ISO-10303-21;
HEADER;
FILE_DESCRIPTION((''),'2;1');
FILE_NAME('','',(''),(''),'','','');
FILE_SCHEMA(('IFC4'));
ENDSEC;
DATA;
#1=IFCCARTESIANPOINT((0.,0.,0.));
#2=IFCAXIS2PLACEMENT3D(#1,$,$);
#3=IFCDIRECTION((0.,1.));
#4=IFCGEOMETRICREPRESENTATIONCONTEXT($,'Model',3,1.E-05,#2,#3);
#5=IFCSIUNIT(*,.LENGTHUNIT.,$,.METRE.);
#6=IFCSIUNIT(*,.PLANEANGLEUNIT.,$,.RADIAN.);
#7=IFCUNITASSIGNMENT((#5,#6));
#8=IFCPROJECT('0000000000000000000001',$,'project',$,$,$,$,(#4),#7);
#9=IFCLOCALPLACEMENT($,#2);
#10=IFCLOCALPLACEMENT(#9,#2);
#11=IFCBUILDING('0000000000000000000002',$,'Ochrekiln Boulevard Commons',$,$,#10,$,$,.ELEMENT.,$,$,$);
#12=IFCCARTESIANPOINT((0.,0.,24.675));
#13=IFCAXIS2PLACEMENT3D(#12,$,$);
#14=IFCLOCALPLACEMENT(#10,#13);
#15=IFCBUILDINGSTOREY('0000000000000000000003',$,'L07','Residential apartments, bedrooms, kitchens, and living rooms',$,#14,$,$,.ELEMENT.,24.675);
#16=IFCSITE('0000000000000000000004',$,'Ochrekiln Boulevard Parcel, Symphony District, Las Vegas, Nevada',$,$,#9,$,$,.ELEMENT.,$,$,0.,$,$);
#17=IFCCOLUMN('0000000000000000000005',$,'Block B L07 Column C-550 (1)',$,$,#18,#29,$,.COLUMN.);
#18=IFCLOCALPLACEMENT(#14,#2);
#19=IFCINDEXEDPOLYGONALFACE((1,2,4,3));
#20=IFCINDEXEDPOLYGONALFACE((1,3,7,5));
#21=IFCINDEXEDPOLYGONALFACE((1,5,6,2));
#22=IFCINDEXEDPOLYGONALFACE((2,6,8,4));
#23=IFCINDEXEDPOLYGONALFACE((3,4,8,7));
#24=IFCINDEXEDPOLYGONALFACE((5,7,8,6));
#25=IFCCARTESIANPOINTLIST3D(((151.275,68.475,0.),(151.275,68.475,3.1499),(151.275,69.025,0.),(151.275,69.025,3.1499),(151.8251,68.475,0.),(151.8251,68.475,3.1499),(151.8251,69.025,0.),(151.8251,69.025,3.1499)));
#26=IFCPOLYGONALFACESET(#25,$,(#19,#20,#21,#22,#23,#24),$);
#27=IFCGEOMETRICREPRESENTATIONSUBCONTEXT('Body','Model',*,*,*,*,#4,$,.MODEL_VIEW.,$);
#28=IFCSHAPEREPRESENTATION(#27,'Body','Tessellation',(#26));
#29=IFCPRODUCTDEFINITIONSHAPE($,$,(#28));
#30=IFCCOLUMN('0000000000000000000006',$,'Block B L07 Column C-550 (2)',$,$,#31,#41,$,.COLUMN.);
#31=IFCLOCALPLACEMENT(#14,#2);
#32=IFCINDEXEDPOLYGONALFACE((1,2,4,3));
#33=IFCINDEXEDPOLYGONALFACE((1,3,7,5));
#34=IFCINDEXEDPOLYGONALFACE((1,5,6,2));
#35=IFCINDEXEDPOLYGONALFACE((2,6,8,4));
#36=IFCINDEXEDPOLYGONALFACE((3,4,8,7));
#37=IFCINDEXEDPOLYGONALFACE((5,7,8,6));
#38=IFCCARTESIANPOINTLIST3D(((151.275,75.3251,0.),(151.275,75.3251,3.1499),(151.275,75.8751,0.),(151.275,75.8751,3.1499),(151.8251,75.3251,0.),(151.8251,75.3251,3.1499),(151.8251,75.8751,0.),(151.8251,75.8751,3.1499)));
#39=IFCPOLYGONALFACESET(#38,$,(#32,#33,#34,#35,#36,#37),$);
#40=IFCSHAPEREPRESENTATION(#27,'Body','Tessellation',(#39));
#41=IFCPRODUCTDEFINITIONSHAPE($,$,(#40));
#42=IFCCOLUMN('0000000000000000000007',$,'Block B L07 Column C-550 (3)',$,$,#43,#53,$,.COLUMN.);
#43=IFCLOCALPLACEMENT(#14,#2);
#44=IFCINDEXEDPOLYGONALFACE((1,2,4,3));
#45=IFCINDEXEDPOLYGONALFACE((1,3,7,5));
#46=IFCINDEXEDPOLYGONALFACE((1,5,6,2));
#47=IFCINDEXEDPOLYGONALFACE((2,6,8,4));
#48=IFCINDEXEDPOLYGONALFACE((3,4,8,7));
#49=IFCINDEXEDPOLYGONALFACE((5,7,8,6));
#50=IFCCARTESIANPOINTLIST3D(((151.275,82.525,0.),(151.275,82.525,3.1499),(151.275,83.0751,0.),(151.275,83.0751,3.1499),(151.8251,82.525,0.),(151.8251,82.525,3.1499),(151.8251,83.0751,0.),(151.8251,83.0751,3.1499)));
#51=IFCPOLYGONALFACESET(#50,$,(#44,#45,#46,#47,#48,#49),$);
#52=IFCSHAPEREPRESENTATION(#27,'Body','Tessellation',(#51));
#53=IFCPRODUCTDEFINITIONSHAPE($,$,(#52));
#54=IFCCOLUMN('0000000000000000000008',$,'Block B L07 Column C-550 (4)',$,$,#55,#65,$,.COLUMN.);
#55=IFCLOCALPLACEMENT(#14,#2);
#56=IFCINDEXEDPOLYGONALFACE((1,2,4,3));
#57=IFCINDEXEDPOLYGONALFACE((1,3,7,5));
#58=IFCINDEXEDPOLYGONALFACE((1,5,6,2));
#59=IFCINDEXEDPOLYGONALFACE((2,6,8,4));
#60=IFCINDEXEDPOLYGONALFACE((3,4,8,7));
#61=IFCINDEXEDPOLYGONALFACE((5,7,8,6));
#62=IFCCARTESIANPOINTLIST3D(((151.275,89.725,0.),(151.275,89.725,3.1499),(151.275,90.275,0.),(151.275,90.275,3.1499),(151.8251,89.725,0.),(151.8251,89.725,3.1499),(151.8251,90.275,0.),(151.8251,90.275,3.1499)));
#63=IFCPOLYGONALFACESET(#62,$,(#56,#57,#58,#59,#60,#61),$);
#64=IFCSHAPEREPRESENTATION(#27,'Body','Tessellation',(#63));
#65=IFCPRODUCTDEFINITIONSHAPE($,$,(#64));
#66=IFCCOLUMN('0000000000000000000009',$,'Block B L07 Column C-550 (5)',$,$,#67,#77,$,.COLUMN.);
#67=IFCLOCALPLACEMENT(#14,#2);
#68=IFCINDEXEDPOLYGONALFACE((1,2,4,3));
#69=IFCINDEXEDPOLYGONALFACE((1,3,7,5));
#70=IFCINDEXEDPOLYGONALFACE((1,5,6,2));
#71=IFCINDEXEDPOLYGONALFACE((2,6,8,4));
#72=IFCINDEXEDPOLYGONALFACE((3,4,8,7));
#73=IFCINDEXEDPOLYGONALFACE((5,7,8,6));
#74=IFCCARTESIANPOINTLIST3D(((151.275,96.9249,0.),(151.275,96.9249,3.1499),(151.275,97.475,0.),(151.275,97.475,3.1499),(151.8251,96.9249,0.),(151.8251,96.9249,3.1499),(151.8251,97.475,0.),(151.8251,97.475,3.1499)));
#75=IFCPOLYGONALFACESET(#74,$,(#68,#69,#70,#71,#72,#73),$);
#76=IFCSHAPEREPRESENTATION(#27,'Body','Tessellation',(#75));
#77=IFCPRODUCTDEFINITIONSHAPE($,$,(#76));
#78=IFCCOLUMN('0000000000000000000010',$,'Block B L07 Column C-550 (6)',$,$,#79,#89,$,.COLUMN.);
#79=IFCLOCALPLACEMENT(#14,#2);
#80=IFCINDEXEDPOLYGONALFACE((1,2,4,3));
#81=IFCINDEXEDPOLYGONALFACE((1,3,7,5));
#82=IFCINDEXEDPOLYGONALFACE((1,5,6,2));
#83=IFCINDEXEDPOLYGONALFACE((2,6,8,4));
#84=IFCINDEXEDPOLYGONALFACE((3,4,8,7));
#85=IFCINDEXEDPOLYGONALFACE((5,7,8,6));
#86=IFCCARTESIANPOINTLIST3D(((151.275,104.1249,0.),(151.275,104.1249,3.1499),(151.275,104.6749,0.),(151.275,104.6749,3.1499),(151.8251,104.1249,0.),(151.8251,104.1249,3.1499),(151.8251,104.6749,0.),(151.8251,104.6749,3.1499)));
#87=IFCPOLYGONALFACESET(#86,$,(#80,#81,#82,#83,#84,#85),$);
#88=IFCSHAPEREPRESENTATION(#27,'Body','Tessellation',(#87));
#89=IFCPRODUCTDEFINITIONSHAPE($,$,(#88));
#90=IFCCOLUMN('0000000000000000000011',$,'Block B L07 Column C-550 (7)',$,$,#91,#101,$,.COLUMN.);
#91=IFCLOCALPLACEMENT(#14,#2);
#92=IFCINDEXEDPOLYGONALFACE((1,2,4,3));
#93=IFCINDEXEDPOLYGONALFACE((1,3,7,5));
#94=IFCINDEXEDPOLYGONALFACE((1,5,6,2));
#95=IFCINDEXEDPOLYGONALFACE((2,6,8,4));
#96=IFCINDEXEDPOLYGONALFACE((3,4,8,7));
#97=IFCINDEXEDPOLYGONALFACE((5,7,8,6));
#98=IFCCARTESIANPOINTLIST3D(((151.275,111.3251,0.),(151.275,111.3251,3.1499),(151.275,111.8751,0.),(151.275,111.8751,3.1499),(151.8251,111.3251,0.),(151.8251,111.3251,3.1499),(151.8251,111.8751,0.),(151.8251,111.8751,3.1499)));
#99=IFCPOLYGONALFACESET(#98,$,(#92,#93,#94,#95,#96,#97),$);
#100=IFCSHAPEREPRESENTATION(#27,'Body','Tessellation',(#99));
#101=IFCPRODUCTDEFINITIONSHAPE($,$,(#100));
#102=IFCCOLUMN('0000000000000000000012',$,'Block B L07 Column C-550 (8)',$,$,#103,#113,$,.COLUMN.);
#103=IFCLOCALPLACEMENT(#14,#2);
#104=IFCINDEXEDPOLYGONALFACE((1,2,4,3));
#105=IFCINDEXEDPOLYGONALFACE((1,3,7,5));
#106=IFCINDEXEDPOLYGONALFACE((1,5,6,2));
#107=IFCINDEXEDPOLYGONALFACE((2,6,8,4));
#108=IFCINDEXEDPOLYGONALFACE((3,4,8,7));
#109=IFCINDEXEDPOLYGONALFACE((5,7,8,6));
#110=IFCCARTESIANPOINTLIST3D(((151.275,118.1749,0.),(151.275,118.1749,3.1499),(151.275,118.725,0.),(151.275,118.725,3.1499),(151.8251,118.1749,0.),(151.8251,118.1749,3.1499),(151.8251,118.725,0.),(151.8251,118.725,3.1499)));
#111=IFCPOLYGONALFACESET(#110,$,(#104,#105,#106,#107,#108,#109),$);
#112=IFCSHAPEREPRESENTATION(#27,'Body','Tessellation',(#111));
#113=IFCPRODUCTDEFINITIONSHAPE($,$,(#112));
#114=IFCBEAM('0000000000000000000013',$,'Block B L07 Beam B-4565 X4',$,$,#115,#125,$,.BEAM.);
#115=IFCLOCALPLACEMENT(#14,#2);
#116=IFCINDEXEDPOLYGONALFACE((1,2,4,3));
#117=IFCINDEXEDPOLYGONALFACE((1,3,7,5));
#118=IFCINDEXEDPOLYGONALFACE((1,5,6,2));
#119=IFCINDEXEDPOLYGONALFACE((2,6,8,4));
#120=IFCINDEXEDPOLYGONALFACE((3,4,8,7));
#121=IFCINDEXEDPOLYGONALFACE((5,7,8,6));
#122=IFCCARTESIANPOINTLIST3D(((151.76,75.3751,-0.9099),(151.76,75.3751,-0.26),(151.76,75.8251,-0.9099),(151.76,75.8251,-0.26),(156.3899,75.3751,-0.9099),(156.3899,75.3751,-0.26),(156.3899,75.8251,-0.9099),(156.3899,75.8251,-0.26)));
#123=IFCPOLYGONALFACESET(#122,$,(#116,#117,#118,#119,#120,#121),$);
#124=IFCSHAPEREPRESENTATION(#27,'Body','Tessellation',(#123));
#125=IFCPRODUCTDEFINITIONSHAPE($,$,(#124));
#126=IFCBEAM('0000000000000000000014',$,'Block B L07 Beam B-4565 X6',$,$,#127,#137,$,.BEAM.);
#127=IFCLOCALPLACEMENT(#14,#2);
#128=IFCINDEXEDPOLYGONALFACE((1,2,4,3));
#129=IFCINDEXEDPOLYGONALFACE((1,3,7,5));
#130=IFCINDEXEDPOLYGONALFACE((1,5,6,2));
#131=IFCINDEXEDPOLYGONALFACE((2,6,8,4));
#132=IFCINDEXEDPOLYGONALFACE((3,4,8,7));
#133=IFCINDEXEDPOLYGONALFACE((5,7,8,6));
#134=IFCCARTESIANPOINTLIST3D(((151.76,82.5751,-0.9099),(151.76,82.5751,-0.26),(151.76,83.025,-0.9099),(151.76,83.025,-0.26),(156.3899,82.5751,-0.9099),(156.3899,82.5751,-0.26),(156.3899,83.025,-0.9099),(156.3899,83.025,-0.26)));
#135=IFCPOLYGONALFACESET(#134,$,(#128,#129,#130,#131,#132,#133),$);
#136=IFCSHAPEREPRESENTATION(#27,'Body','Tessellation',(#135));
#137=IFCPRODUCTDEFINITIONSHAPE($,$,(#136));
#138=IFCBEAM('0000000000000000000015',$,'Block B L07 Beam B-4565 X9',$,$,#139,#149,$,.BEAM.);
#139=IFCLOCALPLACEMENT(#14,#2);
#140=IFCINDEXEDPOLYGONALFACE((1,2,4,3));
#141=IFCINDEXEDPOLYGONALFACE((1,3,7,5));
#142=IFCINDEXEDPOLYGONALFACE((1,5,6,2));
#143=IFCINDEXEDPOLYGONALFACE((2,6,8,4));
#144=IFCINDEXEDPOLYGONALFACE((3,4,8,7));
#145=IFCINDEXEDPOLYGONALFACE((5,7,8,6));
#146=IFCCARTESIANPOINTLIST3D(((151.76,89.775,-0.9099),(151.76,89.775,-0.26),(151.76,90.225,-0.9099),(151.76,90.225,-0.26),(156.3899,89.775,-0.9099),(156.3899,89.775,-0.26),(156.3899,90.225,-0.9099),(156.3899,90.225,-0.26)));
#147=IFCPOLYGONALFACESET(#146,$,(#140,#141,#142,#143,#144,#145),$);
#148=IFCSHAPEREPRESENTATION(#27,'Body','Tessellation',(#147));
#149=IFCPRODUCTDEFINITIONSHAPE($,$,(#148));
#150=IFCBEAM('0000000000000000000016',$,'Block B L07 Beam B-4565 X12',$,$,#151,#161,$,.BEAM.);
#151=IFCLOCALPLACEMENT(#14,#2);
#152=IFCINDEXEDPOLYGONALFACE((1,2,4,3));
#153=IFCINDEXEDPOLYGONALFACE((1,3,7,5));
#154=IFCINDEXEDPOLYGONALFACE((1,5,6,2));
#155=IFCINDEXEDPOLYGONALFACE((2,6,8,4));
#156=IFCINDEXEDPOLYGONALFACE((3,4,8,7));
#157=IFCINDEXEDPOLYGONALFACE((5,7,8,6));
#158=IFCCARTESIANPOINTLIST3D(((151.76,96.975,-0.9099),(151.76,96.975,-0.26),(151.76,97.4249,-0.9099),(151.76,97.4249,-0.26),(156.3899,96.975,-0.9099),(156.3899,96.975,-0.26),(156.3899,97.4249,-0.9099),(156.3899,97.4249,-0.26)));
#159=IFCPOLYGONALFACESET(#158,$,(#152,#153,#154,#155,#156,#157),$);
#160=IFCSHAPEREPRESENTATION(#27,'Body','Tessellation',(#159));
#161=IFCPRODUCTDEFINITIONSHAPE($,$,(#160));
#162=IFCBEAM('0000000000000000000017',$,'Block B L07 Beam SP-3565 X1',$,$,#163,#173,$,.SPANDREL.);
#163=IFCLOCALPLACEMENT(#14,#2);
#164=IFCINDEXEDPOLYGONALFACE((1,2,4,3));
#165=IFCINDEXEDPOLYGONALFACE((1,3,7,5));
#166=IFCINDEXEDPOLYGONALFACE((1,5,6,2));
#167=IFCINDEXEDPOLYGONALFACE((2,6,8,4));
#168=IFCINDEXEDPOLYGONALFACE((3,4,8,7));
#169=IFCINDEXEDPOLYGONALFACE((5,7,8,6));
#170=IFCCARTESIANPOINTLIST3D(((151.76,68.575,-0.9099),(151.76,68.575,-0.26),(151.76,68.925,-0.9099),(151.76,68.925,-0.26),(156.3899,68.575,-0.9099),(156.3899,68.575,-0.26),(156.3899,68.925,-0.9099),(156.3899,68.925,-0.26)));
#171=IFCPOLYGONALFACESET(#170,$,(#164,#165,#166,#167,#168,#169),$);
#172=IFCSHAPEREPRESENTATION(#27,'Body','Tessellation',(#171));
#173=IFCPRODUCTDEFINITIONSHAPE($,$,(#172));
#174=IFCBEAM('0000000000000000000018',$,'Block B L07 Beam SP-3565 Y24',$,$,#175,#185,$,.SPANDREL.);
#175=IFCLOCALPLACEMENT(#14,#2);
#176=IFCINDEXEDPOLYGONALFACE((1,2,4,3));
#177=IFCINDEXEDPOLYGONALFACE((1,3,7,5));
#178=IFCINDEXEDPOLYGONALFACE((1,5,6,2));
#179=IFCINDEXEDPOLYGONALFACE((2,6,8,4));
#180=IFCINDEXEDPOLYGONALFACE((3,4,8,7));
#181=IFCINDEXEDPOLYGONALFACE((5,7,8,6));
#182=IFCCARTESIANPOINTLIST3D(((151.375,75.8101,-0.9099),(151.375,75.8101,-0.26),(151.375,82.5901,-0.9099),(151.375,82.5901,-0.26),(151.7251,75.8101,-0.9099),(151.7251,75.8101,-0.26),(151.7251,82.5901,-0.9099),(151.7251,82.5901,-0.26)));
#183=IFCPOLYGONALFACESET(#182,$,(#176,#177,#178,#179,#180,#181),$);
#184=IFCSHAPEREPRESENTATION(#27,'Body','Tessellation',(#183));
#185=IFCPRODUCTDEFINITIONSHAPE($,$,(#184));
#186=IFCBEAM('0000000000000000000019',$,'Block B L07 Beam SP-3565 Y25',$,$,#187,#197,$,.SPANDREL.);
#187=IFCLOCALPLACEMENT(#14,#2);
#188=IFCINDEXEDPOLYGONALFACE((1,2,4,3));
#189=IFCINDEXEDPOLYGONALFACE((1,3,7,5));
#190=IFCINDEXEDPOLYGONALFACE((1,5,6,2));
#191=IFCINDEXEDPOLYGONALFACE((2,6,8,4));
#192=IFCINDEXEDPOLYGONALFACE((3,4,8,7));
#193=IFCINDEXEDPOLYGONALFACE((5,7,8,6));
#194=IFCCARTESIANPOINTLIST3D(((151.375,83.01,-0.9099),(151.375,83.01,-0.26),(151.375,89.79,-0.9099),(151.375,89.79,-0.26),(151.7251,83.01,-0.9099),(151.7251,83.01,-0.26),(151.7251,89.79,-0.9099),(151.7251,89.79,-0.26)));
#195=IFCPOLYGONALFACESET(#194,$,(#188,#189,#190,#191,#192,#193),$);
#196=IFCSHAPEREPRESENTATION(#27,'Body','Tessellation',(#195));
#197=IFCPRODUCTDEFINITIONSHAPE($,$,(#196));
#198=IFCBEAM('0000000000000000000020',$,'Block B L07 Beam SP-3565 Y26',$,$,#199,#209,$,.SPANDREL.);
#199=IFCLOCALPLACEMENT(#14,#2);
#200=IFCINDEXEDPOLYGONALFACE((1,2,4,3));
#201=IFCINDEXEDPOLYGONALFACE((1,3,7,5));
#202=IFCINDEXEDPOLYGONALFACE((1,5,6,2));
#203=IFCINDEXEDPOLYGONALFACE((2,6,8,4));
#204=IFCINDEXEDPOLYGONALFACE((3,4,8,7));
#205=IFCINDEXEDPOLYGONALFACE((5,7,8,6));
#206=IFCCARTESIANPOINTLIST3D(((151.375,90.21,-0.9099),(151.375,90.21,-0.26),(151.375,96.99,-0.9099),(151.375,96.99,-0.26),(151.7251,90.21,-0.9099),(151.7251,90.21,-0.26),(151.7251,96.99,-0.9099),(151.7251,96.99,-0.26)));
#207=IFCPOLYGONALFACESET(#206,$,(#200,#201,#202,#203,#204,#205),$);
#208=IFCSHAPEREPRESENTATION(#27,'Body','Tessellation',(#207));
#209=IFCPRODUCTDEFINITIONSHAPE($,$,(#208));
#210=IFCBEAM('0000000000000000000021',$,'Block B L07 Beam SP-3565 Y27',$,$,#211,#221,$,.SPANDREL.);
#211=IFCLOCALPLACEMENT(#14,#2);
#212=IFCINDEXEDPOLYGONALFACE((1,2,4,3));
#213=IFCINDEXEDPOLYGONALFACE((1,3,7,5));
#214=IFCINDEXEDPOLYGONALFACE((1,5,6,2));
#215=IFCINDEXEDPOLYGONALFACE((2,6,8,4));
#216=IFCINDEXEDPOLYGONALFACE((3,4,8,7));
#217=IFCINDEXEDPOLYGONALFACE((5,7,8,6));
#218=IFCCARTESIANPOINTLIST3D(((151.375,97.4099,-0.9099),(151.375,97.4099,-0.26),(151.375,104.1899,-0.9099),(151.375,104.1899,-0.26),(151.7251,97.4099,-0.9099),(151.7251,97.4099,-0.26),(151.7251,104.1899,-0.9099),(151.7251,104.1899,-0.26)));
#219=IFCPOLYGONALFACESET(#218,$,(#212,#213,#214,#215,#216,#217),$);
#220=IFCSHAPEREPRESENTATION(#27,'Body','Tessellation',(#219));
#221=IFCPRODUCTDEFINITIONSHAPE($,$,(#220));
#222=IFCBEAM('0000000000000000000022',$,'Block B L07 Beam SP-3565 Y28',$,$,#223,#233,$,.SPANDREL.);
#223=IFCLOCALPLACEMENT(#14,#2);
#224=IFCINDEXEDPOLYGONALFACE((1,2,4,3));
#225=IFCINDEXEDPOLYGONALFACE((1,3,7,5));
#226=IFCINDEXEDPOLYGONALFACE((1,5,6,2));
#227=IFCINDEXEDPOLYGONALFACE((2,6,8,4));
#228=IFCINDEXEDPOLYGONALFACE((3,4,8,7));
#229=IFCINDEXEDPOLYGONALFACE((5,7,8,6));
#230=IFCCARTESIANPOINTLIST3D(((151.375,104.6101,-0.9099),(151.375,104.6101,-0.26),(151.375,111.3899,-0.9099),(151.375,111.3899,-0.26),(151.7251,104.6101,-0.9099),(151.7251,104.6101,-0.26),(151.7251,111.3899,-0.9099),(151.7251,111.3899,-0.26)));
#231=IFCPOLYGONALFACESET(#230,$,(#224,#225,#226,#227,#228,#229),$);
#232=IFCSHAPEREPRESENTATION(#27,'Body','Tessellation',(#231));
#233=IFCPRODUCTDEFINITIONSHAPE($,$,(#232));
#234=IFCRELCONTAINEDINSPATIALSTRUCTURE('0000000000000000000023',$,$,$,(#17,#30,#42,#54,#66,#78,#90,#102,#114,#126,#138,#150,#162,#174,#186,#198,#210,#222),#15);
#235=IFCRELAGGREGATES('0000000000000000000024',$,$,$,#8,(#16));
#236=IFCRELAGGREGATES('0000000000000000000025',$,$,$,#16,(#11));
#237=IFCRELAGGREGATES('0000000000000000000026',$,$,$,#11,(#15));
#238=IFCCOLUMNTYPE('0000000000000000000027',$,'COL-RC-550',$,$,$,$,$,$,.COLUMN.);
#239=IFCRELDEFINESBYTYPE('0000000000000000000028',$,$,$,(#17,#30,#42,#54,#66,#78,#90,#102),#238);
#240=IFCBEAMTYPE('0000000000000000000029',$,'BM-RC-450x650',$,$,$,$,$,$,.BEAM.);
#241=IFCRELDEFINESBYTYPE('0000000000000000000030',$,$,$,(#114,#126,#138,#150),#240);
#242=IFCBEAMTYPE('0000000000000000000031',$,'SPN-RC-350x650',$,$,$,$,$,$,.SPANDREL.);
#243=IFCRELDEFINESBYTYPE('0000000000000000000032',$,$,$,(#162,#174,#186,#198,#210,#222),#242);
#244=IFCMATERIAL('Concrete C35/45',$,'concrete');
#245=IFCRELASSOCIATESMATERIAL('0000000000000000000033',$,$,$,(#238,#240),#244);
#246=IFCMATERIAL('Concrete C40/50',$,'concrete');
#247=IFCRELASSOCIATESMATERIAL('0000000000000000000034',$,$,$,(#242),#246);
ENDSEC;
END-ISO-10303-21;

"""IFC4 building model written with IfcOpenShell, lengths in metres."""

from ifc_helpers import new_model, si_unit, direction, frame, origin, origin_2d, place, context, subcontext, project, spatial, rectangle, extrude, material, material_profile, profile_set, type_object, element, save


model = new_model("IFC4")

# Units and contexts
model_context = context("Model", 3, precision=1e-05, world=origin(), true_north=direction((0.0, 1.0)))
body_context = subcontext(model_context, "Body", "Model", "MODEL_VIEW")
ifc_project = project(units=[si_unit("LENGTHUNIT", "METRE"), si_unit("PLANEANGLEUNIT", "RADIAN")], contexts=[model_context])

# Site, building, storey
site_placement = place(None, origin())
site = spatial("IfcSite", under=ifc_project, at=site_placement, Name="Ochrekiln Boulevard Parcel, Symphony District, Las Vegas, Nevada", CompositionType="ELEMENT", RefElevation=0.0)
building_placement = place(site_placement, origin())
building = spatial("IfcBuilding", under=site, at=building_placement, Name="Ochrekiln Boulevard Commons", CompositionType="ELEMENT")
storey_placement = place(building_placement, frame((0.0, 0.0, 24.675)))
storey = spatial("IfcBuildingStorey", under=building, at=storey_placement, Name="L07", Description="Residential apartments, bedrooms, kitchens, and living rooms", CompositionType="ELEMENT", Elevation=24.675)

# Columns
ifc_material_1 = material(Name="Concrete C35/45", Category="concrete")
ifc_material_profile_1 = material_profile(ifc_material_1, rectangle(XDim=0.55, YDim=0.55, at=origin_2d()), Name="RC-COL-550x550")
ifc_profile_set_1 = profile_set([ifc_material_profile_1], Name="Concrete C35/45")
column_type = type_object("IfcColumnType", Name="COL-RC-550", PredefinedType="COLUMN", material=ifc_profile_set_1)
for number, where, z_axis, x_axis, name in (
    (1, (151.55, 68.75, 0.0), (0.0, 0.0, 1.0), (1.0, 0.0, 0.0), "Block B L07 Column C-550 (1)"),
    (2, (151.55, 75.6001, 0.0), (0.0, 0.0, 1.0), (1.0, 0.0, 0.0), "Block B L07 Column C-550 (2)"),
    (3, (151.55, 82.8, 0.0), (0.0, 0.0, 1.0), (1.0, 0.0, 0.0), "Block B L07 Column C-550 (3)"),
    (4, (151.55, 90.0, 0.0), (0.0, 0.0, 1.0), (1.0, 0.0, 0.0), "Block B L07 Column C-550 (4)"),
    (5, (151.55, 97.2, 0.0), (0.0, 0.0, 1.0), (1.0, 0.0, 0.0), "Block B L07 Column C-550 (5)"),
    (6, (151.55, 104.3999, 0.0), (0.0, 0.0, 1.0), (1.0, 0.0, 0.0), "Block B L07 Column C-550 (6)"),
    (7, (151.55, 111.6001, 0.0), (0.0, 0.0, 1.0), (1.0, 0.0, 0.0), "Block B L07 Column C-550 (7)"),
    (8, (151.55, 118.45, 0.0), (0.0, 0.0, 1.0), (1.0, 0.0, 0.0), "Block B L07 Column C-550 (8)"),
):
    element("IfcColumn", number, at=place(storey_placement, frame(where, z_axis=z_axis, x_axis=x_axis)), inside=storey, type_object=column_type, Name=name, PredefinedType="COLUMN", context=body_context, shape_type="SweptSolid", body=[
        extrude(rectangle(XDim=0.55, YDim=0.55, at=origin_2d()), origin(), (0.0, 0.0, 1.0), 3.1499),
    ])

# Beams
ifc_material_profile_2 = material_profile(ifc_material_1, rectangle(XDim=0.45, YDim=0.6499, at=origin_2d()), Name="RC-BM-450x650")
ifc_profile_set_2 = profile_set([ifc_material_profile_2], Name="Concrete C35/45")
beam_type_1 = type_object("IfcBeamType", Name="BM-RC-450x650", PredefinedType="BEAM", material=ifc_profile_set_2)
for number, where, z_axis, x_axis, name in (
    (9, (151.76, 75.6001, -0.585), (1.0, 0.0, 0.0), (0.0, 1.0, 0.0), "Block B L07 Beam B-4565 X4"),
    (10, (151.76, 82.8, -0.585), (1.0, 0.0, 0.0), (0.0, 1.0, 0.0), "Block B L07 Beam B-4565 X6"),
    (11, (151.76, 90.0, -0.585), (1.0, 0.0, 0.0), (0.0, 1.0, 0.0), "Block B L07 Beam B-4565 X9"),
    (12, (151.76, 97.2, -0.585), (1.0, 0.0, 0.0), (0.0, 1.0, 0.0), "Block B L07 Beam B-4565 X12"),
):
    element("IfcBeam", number, at=place(storey_placement, frame(where, z_axis=z_axis, x_axis=x_axis)), inside=storey, type_object=beam_type_1, Name=name, PredefinedType="BEAM", context=body_context, shape_type="SweptSolid", body=[
        extrude(rectangle(XDim=0.45, YDim=0.6499, at=origin_2d()), origin(), (0.0, 0.0, 1.0), 4.6299),
    ])
ifc_material_2 = material(Name="Concrete C40/50", Category="concrete")
ifc_material_profile_3 = material_profile(ifc_material_2, rectangle(XDim=0.3501, YDim=0.6499, at=origin_2d()), Name="RC-SPN-350x650")
ifc_profile_set_3 = profile_set([ifc_material_profile_3], Name="Concrete C40/50")
beam_type_2 = type_object("IfcBeamType", Name="SPN-RC-350x650", PredefinedType="SPANDREL", material=ifc_profile_set_3)
beam_1_placement = place(storey_placement, frame((151.76, 68.75, -0.585), z_axis=(1.0, 0.0, 0.0), x_axis=(0.0, 1.0, 0.0)))
element("IfcBeam", 13, at=beam_1_placement, inside=storey, type_object=beam_type_2, Name="Block B L07 Beam SP-3565 X1", PredefinedType="SPANDREL", context=body_context, shape_type="SweptSolid", body=[
    extrude(rectangle(XDim=0.3501, YDim=0.6499, at=origin_2d()), origin(), (0.0, 0.0, 1.0), 4.6299),
])
for number, where, z_axis, x_axis, name in (
    (14, (151.55, 75.8101, -0.585), (0.0, 1.0, 0.0), (-1.0, 0.0, 0.0), "Block B L07 Beam SP-3565 Y24"),
    (15, (151.55, 83.01, -0.585), (0.0, 1.0, 0.0), (-1.0, 0.0, 0.0), "Block B L07 Beam SP-3565 Y25"),
    (16, (151.55, 90.21, -0.585), (0.0, 1.0, 0.0), (-1.0, 0.0, 0.0), "Block B L07 Beam SP-3565 Y26"),
    (17, (151.55, 97.4099, -0.585), (0.0, 1.0, 0.0), (-1.0, 0.0, 0.0), "Block B L07 Beam SP-3565 Y27"),
):
    element("IfcBeam", number, at=place(storey_placement, frame(where, z_axis=z_axis, x_axis=x_axis)), inside=storey, type_object=beam_type_2, Name=name, PredefinedType="SPANDREL", context=body_context, shape_type="SweptSolid", body=[
        extrude(rectangle(XDim=0.3501, YDim=0.6499, at=origin_2d()), origin(), (0.0, 0.0, 1.0), 6.78),
    ])
beam_2_placement = place(storey_placement, frame((151.55, 104.6101, -0.585), z_axis=(0.0, 1.0, 0.0), x_axis=(-1.0, 0.0, 0.0)))
element("IfcBeam", 18, at=beam_2_placement, inside=storey, type_object=beam_type_2, Name="Block B L07 Beam SP-3565 Y28", PredefinedType="SPANDREL", context=body_context, shape_type="SweptSolid", body=[
    extrude(rectangle(XDim=0.3501, YDim=0.6499, at=origin_2d()), origin(), (0.0, 0.0, 1.0), 6.7798),
])

save(model, "model.ifc")
